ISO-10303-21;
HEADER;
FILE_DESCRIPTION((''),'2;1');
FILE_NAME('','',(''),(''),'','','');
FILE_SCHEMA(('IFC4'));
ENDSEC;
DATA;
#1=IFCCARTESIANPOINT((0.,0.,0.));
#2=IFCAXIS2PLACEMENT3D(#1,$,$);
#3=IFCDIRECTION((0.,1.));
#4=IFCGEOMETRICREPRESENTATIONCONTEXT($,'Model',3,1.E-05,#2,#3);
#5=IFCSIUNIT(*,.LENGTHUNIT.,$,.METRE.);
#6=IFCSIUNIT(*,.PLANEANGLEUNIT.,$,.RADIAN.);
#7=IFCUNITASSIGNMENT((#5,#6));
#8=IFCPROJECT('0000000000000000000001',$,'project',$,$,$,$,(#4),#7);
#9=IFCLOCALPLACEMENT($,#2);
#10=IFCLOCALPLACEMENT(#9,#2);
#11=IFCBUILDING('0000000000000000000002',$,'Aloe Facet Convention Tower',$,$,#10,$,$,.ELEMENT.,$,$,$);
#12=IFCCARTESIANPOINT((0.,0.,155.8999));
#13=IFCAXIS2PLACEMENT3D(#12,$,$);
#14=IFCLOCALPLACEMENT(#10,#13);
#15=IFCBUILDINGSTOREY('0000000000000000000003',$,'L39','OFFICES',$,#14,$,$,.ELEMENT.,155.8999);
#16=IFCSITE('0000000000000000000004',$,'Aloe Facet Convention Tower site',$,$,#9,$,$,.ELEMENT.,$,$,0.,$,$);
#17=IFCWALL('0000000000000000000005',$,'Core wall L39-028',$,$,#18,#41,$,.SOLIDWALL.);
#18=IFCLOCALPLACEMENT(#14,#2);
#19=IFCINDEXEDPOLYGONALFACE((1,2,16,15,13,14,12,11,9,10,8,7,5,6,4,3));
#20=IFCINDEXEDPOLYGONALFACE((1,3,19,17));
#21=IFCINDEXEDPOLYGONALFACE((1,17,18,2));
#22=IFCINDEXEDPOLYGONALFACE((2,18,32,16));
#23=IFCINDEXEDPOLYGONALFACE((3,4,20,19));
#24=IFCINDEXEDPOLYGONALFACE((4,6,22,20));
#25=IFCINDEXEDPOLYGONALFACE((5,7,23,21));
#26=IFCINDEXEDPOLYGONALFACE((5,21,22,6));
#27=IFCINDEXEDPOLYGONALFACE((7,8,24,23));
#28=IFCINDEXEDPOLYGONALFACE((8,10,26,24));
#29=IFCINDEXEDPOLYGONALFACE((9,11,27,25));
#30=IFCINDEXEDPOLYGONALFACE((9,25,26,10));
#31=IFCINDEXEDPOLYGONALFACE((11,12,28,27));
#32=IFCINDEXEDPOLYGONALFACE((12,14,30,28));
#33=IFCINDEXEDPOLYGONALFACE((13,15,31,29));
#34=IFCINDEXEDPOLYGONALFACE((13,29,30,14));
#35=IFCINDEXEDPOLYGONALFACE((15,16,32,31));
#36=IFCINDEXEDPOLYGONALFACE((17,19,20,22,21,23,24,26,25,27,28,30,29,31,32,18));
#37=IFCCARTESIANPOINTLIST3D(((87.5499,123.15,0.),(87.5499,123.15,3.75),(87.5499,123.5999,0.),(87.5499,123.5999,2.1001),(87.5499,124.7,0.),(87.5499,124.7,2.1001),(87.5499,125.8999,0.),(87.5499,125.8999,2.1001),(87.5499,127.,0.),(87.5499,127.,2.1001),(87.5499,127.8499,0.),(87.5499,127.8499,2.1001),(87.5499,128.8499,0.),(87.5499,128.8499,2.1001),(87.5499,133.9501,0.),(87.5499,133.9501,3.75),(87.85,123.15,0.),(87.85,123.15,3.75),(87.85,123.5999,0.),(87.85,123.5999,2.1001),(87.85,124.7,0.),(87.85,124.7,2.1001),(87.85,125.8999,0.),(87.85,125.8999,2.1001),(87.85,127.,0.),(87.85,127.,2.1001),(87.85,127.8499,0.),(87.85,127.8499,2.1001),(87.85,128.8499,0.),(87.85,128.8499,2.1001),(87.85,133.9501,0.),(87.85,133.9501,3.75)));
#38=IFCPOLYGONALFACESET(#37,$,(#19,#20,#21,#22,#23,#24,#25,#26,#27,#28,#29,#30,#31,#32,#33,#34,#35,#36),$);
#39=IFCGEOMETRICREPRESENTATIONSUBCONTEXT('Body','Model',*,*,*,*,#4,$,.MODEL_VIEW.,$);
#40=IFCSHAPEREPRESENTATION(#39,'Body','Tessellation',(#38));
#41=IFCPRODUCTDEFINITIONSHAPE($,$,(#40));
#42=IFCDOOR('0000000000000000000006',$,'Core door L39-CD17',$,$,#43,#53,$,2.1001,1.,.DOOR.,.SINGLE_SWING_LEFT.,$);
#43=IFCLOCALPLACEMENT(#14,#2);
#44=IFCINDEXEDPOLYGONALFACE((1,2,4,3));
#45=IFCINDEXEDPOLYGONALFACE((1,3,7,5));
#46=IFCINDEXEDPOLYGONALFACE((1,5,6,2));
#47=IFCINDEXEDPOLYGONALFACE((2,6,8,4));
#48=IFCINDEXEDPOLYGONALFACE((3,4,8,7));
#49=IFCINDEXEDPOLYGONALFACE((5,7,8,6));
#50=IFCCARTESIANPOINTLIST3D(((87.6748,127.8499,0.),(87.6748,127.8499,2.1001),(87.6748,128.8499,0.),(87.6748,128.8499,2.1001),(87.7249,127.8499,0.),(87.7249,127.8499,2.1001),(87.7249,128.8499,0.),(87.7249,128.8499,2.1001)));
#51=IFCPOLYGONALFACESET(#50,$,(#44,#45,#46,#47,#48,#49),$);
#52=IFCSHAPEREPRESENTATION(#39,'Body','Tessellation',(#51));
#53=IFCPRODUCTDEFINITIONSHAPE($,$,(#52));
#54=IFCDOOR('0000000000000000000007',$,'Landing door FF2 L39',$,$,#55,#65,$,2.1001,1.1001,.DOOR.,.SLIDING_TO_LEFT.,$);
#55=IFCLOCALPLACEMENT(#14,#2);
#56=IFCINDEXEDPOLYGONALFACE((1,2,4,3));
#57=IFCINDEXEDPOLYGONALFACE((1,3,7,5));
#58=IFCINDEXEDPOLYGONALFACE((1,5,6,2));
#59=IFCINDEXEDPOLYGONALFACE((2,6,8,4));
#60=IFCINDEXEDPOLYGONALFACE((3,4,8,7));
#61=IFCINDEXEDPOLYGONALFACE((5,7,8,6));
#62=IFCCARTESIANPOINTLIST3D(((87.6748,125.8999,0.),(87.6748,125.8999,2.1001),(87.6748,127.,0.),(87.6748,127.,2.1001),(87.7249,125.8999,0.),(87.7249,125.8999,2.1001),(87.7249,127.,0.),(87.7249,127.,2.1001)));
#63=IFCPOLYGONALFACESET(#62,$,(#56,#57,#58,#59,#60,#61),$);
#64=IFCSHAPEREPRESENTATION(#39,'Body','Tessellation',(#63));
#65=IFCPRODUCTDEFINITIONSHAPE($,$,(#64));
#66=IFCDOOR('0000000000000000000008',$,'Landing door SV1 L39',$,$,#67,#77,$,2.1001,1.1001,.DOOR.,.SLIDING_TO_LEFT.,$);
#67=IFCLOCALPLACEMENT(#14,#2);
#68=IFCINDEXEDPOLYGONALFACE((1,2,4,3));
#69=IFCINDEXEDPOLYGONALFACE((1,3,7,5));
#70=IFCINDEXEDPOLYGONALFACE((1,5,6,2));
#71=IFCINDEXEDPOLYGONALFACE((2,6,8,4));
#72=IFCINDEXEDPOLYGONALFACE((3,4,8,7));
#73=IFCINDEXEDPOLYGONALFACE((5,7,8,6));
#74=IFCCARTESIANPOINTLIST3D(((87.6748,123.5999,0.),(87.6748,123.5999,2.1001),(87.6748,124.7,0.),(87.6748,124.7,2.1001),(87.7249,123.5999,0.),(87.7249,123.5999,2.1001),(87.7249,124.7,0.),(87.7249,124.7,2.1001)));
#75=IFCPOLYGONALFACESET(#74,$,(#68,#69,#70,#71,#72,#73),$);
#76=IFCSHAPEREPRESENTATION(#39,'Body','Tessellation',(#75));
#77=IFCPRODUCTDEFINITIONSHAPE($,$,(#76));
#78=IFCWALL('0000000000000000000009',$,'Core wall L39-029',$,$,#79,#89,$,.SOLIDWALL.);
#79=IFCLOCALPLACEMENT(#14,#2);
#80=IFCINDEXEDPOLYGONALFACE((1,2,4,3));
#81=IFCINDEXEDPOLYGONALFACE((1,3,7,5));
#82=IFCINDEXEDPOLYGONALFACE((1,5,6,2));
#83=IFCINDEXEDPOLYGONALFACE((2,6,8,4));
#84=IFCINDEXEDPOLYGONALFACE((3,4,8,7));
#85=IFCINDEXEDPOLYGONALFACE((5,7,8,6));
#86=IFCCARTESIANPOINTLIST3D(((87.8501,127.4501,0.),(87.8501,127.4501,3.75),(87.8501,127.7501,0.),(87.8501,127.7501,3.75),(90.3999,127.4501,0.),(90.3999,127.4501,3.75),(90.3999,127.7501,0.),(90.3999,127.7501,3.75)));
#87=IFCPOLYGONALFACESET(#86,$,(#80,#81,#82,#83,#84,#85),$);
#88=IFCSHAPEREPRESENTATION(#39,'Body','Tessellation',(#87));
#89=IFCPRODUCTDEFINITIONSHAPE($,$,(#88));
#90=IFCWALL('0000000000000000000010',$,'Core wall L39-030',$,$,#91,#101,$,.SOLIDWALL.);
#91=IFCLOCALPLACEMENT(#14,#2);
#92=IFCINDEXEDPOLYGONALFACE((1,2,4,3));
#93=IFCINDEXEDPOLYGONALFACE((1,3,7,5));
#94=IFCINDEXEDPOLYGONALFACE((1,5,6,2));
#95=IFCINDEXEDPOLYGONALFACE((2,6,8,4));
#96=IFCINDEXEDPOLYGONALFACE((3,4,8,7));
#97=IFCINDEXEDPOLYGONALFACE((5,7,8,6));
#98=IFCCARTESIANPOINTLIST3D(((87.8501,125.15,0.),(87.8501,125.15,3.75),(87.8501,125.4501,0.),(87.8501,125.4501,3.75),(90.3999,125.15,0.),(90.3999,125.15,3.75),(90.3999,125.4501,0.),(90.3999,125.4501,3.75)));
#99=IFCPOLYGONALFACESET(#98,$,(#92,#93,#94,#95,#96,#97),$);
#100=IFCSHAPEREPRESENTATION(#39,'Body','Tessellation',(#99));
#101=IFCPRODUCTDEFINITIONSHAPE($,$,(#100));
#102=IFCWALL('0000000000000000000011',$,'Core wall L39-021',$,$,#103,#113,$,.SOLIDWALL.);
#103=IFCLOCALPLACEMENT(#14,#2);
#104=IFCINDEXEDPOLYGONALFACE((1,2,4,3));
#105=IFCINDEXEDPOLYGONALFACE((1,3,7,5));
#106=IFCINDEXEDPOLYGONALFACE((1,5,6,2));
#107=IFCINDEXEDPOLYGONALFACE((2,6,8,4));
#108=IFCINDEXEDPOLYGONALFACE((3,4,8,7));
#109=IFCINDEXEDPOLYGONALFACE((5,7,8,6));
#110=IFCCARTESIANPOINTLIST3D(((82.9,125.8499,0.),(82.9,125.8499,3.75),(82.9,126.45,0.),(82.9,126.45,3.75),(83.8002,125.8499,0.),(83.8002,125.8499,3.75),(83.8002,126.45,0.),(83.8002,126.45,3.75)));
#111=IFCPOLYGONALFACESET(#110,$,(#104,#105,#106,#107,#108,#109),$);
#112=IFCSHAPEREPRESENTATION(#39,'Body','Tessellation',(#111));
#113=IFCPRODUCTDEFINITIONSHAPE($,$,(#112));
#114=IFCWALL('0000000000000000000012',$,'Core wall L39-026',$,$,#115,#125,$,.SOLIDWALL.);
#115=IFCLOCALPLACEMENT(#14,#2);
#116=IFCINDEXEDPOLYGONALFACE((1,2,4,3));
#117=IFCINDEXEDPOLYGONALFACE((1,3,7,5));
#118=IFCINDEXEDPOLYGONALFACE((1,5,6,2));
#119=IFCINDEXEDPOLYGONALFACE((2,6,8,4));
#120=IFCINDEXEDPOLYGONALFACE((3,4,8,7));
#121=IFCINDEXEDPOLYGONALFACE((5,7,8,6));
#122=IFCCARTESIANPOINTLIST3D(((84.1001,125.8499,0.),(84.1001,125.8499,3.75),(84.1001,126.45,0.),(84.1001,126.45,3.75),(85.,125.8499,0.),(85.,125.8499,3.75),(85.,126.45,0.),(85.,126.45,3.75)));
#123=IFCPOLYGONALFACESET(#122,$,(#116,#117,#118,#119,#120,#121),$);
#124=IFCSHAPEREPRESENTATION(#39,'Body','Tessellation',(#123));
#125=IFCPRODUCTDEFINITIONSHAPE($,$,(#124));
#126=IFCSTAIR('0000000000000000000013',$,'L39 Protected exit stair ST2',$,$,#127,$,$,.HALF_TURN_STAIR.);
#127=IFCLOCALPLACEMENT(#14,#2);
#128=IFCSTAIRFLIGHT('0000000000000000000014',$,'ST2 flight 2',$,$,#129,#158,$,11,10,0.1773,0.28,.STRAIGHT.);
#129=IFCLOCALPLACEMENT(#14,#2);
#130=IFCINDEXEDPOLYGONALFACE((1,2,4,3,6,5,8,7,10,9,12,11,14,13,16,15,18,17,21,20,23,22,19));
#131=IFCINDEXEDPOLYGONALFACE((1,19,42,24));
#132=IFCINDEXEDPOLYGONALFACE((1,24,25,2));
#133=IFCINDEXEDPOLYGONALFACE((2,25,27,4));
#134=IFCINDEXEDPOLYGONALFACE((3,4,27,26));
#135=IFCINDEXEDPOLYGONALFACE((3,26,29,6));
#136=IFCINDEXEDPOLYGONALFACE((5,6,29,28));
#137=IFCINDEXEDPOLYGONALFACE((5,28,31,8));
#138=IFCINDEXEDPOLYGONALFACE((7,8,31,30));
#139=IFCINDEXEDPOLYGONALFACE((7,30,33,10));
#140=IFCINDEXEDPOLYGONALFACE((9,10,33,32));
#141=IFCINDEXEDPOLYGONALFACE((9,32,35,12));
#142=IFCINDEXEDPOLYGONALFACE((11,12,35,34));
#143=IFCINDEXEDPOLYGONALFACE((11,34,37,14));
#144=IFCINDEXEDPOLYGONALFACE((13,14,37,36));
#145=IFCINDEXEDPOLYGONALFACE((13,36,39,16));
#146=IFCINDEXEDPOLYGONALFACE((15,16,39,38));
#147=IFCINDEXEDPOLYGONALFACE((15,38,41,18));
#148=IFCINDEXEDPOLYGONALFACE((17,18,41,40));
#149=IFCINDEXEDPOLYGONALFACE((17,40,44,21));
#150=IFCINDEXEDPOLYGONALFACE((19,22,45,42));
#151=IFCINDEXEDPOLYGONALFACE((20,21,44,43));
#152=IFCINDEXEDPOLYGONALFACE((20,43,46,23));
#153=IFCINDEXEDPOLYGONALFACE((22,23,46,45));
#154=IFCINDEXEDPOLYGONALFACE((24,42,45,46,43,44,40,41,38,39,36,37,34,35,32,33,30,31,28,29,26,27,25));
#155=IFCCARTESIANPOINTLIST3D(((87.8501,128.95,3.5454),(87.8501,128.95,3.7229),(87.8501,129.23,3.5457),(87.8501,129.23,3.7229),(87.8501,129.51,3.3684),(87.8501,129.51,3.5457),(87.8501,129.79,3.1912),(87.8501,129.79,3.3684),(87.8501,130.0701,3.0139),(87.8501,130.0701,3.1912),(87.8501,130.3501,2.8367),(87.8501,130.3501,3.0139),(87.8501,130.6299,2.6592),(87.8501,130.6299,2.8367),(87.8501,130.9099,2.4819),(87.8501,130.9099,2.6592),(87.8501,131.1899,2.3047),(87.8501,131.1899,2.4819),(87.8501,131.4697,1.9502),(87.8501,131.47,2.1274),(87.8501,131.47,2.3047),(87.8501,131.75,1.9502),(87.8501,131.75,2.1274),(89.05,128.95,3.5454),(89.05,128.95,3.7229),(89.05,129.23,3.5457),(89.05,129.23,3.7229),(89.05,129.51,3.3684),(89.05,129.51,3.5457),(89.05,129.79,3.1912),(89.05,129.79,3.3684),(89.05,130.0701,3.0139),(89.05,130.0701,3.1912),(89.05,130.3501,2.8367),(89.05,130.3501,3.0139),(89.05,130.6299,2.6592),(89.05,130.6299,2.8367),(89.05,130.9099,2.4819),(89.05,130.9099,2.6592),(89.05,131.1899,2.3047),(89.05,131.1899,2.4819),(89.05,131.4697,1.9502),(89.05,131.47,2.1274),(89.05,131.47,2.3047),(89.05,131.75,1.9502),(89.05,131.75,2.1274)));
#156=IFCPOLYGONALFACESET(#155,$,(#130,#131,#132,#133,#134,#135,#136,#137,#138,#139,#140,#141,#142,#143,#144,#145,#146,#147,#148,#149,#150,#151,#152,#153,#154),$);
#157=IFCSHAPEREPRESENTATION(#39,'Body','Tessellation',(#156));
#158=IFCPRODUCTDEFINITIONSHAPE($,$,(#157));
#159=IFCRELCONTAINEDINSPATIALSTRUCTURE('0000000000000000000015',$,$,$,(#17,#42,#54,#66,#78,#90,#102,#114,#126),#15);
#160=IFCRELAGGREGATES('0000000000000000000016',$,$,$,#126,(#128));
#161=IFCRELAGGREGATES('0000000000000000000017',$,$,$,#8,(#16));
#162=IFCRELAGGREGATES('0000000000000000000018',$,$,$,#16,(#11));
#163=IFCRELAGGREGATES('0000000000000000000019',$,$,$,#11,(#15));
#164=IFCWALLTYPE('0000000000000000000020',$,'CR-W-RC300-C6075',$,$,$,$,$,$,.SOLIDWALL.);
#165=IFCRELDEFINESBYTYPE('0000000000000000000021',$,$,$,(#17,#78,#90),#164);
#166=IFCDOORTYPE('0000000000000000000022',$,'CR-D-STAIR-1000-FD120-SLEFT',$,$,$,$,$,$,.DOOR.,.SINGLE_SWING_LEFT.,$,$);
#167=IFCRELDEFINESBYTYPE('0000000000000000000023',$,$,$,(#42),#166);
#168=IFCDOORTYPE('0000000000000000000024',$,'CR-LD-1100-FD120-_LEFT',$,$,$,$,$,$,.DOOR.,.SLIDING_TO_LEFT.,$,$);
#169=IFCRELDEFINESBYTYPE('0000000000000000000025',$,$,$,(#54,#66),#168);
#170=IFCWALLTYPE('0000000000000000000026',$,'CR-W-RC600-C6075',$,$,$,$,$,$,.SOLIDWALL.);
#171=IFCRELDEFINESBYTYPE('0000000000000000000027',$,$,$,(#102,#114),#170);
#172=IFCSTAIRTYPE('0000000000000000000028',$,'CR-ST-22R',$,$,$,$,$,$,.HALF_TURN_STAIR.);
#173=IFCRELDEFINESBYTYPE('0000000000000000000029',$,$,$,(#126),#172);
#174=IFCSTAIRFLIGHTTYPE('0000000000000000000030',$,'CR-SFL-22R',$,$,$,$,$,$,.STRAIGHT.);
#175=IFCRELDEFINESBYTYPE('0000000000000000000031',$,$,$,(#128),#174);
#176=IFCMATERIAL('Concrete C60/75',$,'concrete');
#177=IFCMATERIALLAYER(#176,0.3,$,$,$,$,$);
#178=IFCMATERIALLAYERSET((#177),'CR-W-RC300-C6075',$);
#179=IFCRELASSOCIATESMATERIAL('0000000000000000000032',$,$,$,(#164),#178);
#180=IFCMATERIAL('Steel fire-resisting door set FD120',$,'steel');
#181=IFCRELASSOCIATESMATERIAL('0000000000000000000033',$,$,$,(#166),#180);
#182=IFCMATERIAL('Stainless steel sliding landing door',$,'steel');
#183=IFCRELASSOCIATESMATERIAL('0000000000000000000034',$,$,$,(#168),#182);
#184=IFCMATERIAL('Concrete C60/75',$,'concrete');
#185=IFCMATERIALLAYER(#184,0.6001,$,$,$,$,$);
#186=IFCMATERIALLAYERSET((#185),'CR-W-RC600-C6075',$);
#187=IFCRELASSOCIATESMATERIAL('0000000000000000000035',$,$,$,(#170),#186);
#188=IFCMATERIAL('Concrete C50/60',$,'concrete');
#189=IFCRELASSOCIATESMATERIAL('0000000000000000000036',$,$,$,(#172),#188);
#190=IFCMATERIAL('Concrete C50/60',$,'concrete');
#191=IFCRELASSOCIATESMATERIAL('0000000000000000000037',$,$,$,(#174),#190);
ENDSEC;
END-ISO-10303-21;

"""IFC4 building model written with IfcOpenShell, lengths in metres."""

from ifc_helpers import new_model, si_unit, direction, frame, frame_2d, origin, place, context, subcontext, project, spatial, polyline, rectangle, outline, extrude, material, layer, layer_set, type_object, element, fill, aggregate, save


model = new_model("IFC4")

# Units and contexts
model_context = context("Model", 3, precision=1e-05, world=origin(), true_north=direction((0.0, 1.0)))
body_context = subcontext(model_context, "Body", "Model", "MODEL_VIEW")
ifc_project = project(units=[si_unit("LENGTHUNIT", "METRE"), si_unit("PLANEANGLEUNIT", "RADIAN")], contexts=[model_context])

# Site, building, storey
site_placement = place(None, origin())
site = spatial("IfcSite", under=ifc_project, at=site_placement, Name="Aloe Facet Convention Tower site", CompositionType="ELEMENT", RefElevation=0.0)
building_placement = place(site_placement, origin())
building = spatial("IfcBuilding", under=site, at=building_placement, Name="Aloe Facet Convention Tower", CompositionType="ELEMENT")
storey_placement = place(building_placement, frame((0.0, 0.0, 155.8999)))
storey = spatial("IfcBuildingStorey", under=building, at=storey_placement, Name="L39", Description="OFFICES", CompositionType="ELEMENT", Elevation=155.8999)

# Shared definitions
ifc_material_1 = material(Name="Concrete C60/75", Category="concrete")
ifc_layer_1 = layer(ifc_material_1, 0.3)
ifc_layer_set_1 = layer_set([ifc_layer_1], Name="CR-W-RC300-C6075")
wall_type_1 = type_object("IfcWallType", Name="CR-W-RC300-C6075", PredefinedType="SOLIDWALL", material=ifc_layer_set_1)

# Shared definitions
ifc_material_2 = material(Name="Steel fire-resisting door set FD120", Category="steel")
door_type_1 = type_object("IfcDoorType", Name="CR-D-STAIR-1000-FD120-SLEFT", OperationType="SINGLE_SWING_LEFT", PredefinedType="DOOR", material=ifc_material_2)

# Wall, openings, doors
wall_1_placement = place(storey_placement, frame((87.7, 133.95, 0.0), z_axis=(0.0, 0.0, 1.0), x_axis=(0.0, -1.0, 0.0)))
wall_1 = element("IfcWall", 1, at=wall_1_placement, inside=storey, type_object=wall_type_1, Name="Core wall L39-028", PredefinedType="SOLIDWALL", context=body_context, shape_type="SweptSolid", body=[
    extrude(rectangle(XDim=10.8, YDim=0.3, at=frame_2d((5.3999, 0.0))), origin(), (0.0, 0.0, 1.0), 3.75),
])
opening_1_placement = place(wall_1_placement, frame((6.95, 0.0, 0.0)))
opening_1 = element("IfcOpeningElement", 2, at=opening_1_placement, cuts=wall_1, PredefinedType="OPENING", context=body_context, shape_type="SweptSolid", body=[
    extrude(rectangle(XDim=1.1001, YDim=2.1001, at=frame_2d((0.55, 1.05))), frame((0.0, 0.1602, 0.0), z_axis=(0.0, -1.0, 0.0), x_axis=(1.0, 0.0, 0.0)), (0.0, 0.0, 1.0), 0.3201),
])
opening_2_placement = place(wall_1_placement, frame((5.1001, 0.0, 0.0)))
opening_2 = element("IfcOpeningElement", 3, at=opening_2_placement, cuts=wall_1, PredefinedType="OPENING", context=body_context, shape_type="SweptSolid", body=[
    extrude(rectangle(XDim=1.0, YDim=2.1001, at=frame_2d((0.5, 1.05))), frame((0.0, 0.1602, 0.0), z_axis=(0.0, -1.0, 0.0), x_axis=(1.0, 0.0, 0.0)), (0.0, 0.0, 1.0), 0.3201),
])
opening_3_placement = place(wall_1_placement, frame((9.25, 0.0, 0.0)))
opening_3 = element("IfcOpeningElement", 4, at=opening_3_placement, cuts=wall_1, PredefinedType="OPENING", context=body_context, shape_type="SweptSolid", body=[
    extrude(rectangle(XDim=1.1001, YDim=2.1001, at=frame_2d((0.55, 1.05))), frame((0.0, 0.1602, 0.0), z_axis=(0.0, -1.0, 0.0), x_axis=(1.0, 0.0, 0.0)), (0.0, 0.0, 1.0), 0.3201),
])
door_1_placement = place(opening_2_placement, origin())
door_1 = element("IfcDoor", 5, at=door_1_placement, inside=storey, type_object=door_type_1, Name="Core door L39-CD17", OperationType="SINGLE_SWING_LEFT", OverallHeight=2.1001, OverallWidth=1.0, PredefinedType="DOOR", context=body_context, shape_type="SweptSolid", body=[
    extrude(rectangle(XDim=1.0, YDim=2.1001, at=frame_2d((0.5, 1.05))), frame((0.0, 0.0249, 0.0), z_axis=(0.0, -1.0, 0.0), x_axis=(1.0, 0.0, 0.0)), (0.0, 0.0, 1.0), 0.05),
])
fill(opening_2, door_1)
ifc_material_3 = material(Name="Stainless steel sliding landing door", Category="steel")
door_type_2 = type_object("IfcDoorType", Name="CR-LD-1100-FD120-_LEFT", OperationType="SLIDING_TO_LEFT", PredefinedType="DOOR", material=ifc_material_3)
door_2_placement = place(opening_1_placement, origin())
door_2 = element("IfcDoor", 6, at=door_2_placement, inside=storey, type_object=door_type_2, Name="Landing door FF2 L39", OperationType="SLIDING_TO_LEFT", OverallHeight=2.1001, OverallWidth=1.1001, PredefinedType="DOOR", context=body_context, shape_type="SweptSolid", body=[
    extrude(rectangle(XDim=1.1001, YDim=2.1001, at=frame_2d((0.55, 1.05))), frame((0.0, 0.0249, 0.0), z_axis=(0.0, -1.0, 0.0), x_axis=(1.0, 0.0, 0.0)), (0.0, 0.0, 1.0), 0.05),
])
fill(opening_1, door_2)
door_3_placement = place(opening_3_placement, origin())
door_3 = element("IfcDoor", 7, at=door_3_placement, inside=storey, type_object=door_type_2, Name="Landing door SV1 L39", OperationType="SLIDING_TO_LEFT", OverallHeight=2.1001, OverallWidth=1.1001, PredefinedType="DOOR", context=body_context, shape_type="SweptSolid", body=[
    extrude(rectangle(XDim=1.1001, YDim=2.1001, at=frame_2d((0.55, 1.05))), frame((0.0, 0.0249, 0.0), z_axis=(0.0, -1.0, 0.0), x_axis=(1.0, 0.0, 0.0)), (0.0, 0.0, 1.0), 0.05),
])
fill(opening_3, door_3)

# Walls
for number, where, z_axis, x_axis, name in (
    (8, (87.8501, 127.6001, 0.0), (0.0, 0.0, 1.0), (1.0, 0.0, 0.0), "Core wall L39-029"),
    (9, (87.8501, 125.3, 0.0), (0.0, 0.0, 1.0), (1.0, 0.0, 0.0), "Core wall L39-030"),
):
    element("IfcWall", number, at=place(storey_placement, frame(where, z_axis=z_axis, x_axis=x_axis)), inside=storey, type_object=wall_type_1, Name=name, PredefinedType="SOLIDWALL", context=body_context, shape_type="SweptSolid", body=[
        extrude(rectangle(XDim=2.5498, YDim=0.3, at=frame_2d((1.2749, 0.0))), origin(), (0.0, 0.0, 1.0), 3.75),
    ])
ifc_material_4 = material(Name="Concrete C60/75", Category="concrete")
ifc_layer_2 = layer(ifc_material_4, 0.6001)
ifc_layer_set_2 = layer_set([ifc_layer_2], Name="CR-W-RC600-C6075")
wall_type_2 = type_object("IfcWallType", Name="CR-W-RC600-C6075", PredefinedType="SOLIDWALL", material=ifc_layer_set_2)
wall_2_placement = place(storey_placement, frame((82.8999, 126.1499, 0.0), z_axis=(0.0, 0.0, 1.0), x_axis=(1.0, 0.0, 0.0)))
element("IfcWall", 10, at=wall_2_placement, inside=storey, type_object=wall_type_2, Name="Core wall L39-021", PredefinedType="SOLIDWALL", context=body_context, shape_type="SweptSolid", body=[
    extrude(rectangle(XDim=0.9001, YDim=0.6001, at=frame_2d((0.4502, 0.0))), origin(), (0.0, 0.0, 1.0), 3.75),
])
wall_3_placement = place(storey_placement, frame((84.1001, 126.1499, 0.0), z_axis=(0.0, 0.0, 1.0), x_axis=(1.0, 0.0, 0.0)))
element("IfcWall", 11, at=wall_3_placement, inside=storey, type_object=wall_type_2, Name="Core wall L39-026", PredefinedType="SOLIDWALL", context=body_context, shape_type="SweptSolid", body=[
    extrude(rectangle(XDim=0.8999, YDim=0.6001, at=frame_2d((0.45, 0.0))), origin(), (0.0, 0.0, 1.0), 3.75),
])

# Stair, stair flight
ifc_material_5 = material(Name="Concrete C50/60", Category="concrete")
stair_type = type_object("IfcStairType", Name="CR-ST-22R", PredefinedType="HALF_TURN_STAIR", material=ifc_material_5)
stair_placement = place(storey_placement, origin())
stair = element("IfcStair", 12, at=stair_placement, inside=storey, type_object=stair_type, Name="L39 Protected exit stair ST2", PredefinedType="HALF_TURN_STAIR")
ifc_material_6 = material(Name="Concrete C50/60", Category="concrete")
stair_flight_type = type_object("IfcStairFlightType", Name="CR-SFL-22R", PredefinedType="STRAIGHT", material=ifc_material_6)
stair_flight_placement = place(storey_placement, frame((88.45, 131.75, 1.9502), z_axis=(0.0, 0.0, 1.0), x_axis=(0.0, -1.0, 0.0)))
stair_flight = element("IfcStairFlight", 13, at=stair_flight_placement, type_object=stair_flight_type, Name="ST2 flight 2", NumberOfRisers=11, NumberOfTreads=10, PredefinedType="STRAIGHT", RiserHeight=0.1773, TreadLength=0.28, context=body_context, shape_type="SweptSolid", body=[
    extrude(outline(polyline([(0.0, 0.0), (0.0, 0.1772), (0.28, 0.1772), (0.28, 0.3545), (0.5601, 0.3545), (0.5601, 0.5317), (0.8401, 0.5317), (0.8401, 0.709), (1.1201, 0.709), (1.1201, 0.8865), (1.3999, 0.8865), (1.3999, 1.0637), (1.6799, 1.0637), (1.6799, 1.241), (1.96, 1.241), (1.96, 1.4182), (2.24, 1.4182), (2.24, 1.5955), (2.52, 1.5955), (2.52, 1.7727), (2.8, 1.7727), (2.8, 1.95), (2.8, 1.5952), (0.2803, 0.0), (0.0, 0.0)])), frame((0.0, 0.6001, 0.0), z_axis=(0.0, -1.0, 0.0), x_axis=(1.0, 0.0, 0.0)), (0.0, 0.0, 1.0), 1.2),
])
aggregate(stair, [stair_flight])

save(model, "model.ifc")
